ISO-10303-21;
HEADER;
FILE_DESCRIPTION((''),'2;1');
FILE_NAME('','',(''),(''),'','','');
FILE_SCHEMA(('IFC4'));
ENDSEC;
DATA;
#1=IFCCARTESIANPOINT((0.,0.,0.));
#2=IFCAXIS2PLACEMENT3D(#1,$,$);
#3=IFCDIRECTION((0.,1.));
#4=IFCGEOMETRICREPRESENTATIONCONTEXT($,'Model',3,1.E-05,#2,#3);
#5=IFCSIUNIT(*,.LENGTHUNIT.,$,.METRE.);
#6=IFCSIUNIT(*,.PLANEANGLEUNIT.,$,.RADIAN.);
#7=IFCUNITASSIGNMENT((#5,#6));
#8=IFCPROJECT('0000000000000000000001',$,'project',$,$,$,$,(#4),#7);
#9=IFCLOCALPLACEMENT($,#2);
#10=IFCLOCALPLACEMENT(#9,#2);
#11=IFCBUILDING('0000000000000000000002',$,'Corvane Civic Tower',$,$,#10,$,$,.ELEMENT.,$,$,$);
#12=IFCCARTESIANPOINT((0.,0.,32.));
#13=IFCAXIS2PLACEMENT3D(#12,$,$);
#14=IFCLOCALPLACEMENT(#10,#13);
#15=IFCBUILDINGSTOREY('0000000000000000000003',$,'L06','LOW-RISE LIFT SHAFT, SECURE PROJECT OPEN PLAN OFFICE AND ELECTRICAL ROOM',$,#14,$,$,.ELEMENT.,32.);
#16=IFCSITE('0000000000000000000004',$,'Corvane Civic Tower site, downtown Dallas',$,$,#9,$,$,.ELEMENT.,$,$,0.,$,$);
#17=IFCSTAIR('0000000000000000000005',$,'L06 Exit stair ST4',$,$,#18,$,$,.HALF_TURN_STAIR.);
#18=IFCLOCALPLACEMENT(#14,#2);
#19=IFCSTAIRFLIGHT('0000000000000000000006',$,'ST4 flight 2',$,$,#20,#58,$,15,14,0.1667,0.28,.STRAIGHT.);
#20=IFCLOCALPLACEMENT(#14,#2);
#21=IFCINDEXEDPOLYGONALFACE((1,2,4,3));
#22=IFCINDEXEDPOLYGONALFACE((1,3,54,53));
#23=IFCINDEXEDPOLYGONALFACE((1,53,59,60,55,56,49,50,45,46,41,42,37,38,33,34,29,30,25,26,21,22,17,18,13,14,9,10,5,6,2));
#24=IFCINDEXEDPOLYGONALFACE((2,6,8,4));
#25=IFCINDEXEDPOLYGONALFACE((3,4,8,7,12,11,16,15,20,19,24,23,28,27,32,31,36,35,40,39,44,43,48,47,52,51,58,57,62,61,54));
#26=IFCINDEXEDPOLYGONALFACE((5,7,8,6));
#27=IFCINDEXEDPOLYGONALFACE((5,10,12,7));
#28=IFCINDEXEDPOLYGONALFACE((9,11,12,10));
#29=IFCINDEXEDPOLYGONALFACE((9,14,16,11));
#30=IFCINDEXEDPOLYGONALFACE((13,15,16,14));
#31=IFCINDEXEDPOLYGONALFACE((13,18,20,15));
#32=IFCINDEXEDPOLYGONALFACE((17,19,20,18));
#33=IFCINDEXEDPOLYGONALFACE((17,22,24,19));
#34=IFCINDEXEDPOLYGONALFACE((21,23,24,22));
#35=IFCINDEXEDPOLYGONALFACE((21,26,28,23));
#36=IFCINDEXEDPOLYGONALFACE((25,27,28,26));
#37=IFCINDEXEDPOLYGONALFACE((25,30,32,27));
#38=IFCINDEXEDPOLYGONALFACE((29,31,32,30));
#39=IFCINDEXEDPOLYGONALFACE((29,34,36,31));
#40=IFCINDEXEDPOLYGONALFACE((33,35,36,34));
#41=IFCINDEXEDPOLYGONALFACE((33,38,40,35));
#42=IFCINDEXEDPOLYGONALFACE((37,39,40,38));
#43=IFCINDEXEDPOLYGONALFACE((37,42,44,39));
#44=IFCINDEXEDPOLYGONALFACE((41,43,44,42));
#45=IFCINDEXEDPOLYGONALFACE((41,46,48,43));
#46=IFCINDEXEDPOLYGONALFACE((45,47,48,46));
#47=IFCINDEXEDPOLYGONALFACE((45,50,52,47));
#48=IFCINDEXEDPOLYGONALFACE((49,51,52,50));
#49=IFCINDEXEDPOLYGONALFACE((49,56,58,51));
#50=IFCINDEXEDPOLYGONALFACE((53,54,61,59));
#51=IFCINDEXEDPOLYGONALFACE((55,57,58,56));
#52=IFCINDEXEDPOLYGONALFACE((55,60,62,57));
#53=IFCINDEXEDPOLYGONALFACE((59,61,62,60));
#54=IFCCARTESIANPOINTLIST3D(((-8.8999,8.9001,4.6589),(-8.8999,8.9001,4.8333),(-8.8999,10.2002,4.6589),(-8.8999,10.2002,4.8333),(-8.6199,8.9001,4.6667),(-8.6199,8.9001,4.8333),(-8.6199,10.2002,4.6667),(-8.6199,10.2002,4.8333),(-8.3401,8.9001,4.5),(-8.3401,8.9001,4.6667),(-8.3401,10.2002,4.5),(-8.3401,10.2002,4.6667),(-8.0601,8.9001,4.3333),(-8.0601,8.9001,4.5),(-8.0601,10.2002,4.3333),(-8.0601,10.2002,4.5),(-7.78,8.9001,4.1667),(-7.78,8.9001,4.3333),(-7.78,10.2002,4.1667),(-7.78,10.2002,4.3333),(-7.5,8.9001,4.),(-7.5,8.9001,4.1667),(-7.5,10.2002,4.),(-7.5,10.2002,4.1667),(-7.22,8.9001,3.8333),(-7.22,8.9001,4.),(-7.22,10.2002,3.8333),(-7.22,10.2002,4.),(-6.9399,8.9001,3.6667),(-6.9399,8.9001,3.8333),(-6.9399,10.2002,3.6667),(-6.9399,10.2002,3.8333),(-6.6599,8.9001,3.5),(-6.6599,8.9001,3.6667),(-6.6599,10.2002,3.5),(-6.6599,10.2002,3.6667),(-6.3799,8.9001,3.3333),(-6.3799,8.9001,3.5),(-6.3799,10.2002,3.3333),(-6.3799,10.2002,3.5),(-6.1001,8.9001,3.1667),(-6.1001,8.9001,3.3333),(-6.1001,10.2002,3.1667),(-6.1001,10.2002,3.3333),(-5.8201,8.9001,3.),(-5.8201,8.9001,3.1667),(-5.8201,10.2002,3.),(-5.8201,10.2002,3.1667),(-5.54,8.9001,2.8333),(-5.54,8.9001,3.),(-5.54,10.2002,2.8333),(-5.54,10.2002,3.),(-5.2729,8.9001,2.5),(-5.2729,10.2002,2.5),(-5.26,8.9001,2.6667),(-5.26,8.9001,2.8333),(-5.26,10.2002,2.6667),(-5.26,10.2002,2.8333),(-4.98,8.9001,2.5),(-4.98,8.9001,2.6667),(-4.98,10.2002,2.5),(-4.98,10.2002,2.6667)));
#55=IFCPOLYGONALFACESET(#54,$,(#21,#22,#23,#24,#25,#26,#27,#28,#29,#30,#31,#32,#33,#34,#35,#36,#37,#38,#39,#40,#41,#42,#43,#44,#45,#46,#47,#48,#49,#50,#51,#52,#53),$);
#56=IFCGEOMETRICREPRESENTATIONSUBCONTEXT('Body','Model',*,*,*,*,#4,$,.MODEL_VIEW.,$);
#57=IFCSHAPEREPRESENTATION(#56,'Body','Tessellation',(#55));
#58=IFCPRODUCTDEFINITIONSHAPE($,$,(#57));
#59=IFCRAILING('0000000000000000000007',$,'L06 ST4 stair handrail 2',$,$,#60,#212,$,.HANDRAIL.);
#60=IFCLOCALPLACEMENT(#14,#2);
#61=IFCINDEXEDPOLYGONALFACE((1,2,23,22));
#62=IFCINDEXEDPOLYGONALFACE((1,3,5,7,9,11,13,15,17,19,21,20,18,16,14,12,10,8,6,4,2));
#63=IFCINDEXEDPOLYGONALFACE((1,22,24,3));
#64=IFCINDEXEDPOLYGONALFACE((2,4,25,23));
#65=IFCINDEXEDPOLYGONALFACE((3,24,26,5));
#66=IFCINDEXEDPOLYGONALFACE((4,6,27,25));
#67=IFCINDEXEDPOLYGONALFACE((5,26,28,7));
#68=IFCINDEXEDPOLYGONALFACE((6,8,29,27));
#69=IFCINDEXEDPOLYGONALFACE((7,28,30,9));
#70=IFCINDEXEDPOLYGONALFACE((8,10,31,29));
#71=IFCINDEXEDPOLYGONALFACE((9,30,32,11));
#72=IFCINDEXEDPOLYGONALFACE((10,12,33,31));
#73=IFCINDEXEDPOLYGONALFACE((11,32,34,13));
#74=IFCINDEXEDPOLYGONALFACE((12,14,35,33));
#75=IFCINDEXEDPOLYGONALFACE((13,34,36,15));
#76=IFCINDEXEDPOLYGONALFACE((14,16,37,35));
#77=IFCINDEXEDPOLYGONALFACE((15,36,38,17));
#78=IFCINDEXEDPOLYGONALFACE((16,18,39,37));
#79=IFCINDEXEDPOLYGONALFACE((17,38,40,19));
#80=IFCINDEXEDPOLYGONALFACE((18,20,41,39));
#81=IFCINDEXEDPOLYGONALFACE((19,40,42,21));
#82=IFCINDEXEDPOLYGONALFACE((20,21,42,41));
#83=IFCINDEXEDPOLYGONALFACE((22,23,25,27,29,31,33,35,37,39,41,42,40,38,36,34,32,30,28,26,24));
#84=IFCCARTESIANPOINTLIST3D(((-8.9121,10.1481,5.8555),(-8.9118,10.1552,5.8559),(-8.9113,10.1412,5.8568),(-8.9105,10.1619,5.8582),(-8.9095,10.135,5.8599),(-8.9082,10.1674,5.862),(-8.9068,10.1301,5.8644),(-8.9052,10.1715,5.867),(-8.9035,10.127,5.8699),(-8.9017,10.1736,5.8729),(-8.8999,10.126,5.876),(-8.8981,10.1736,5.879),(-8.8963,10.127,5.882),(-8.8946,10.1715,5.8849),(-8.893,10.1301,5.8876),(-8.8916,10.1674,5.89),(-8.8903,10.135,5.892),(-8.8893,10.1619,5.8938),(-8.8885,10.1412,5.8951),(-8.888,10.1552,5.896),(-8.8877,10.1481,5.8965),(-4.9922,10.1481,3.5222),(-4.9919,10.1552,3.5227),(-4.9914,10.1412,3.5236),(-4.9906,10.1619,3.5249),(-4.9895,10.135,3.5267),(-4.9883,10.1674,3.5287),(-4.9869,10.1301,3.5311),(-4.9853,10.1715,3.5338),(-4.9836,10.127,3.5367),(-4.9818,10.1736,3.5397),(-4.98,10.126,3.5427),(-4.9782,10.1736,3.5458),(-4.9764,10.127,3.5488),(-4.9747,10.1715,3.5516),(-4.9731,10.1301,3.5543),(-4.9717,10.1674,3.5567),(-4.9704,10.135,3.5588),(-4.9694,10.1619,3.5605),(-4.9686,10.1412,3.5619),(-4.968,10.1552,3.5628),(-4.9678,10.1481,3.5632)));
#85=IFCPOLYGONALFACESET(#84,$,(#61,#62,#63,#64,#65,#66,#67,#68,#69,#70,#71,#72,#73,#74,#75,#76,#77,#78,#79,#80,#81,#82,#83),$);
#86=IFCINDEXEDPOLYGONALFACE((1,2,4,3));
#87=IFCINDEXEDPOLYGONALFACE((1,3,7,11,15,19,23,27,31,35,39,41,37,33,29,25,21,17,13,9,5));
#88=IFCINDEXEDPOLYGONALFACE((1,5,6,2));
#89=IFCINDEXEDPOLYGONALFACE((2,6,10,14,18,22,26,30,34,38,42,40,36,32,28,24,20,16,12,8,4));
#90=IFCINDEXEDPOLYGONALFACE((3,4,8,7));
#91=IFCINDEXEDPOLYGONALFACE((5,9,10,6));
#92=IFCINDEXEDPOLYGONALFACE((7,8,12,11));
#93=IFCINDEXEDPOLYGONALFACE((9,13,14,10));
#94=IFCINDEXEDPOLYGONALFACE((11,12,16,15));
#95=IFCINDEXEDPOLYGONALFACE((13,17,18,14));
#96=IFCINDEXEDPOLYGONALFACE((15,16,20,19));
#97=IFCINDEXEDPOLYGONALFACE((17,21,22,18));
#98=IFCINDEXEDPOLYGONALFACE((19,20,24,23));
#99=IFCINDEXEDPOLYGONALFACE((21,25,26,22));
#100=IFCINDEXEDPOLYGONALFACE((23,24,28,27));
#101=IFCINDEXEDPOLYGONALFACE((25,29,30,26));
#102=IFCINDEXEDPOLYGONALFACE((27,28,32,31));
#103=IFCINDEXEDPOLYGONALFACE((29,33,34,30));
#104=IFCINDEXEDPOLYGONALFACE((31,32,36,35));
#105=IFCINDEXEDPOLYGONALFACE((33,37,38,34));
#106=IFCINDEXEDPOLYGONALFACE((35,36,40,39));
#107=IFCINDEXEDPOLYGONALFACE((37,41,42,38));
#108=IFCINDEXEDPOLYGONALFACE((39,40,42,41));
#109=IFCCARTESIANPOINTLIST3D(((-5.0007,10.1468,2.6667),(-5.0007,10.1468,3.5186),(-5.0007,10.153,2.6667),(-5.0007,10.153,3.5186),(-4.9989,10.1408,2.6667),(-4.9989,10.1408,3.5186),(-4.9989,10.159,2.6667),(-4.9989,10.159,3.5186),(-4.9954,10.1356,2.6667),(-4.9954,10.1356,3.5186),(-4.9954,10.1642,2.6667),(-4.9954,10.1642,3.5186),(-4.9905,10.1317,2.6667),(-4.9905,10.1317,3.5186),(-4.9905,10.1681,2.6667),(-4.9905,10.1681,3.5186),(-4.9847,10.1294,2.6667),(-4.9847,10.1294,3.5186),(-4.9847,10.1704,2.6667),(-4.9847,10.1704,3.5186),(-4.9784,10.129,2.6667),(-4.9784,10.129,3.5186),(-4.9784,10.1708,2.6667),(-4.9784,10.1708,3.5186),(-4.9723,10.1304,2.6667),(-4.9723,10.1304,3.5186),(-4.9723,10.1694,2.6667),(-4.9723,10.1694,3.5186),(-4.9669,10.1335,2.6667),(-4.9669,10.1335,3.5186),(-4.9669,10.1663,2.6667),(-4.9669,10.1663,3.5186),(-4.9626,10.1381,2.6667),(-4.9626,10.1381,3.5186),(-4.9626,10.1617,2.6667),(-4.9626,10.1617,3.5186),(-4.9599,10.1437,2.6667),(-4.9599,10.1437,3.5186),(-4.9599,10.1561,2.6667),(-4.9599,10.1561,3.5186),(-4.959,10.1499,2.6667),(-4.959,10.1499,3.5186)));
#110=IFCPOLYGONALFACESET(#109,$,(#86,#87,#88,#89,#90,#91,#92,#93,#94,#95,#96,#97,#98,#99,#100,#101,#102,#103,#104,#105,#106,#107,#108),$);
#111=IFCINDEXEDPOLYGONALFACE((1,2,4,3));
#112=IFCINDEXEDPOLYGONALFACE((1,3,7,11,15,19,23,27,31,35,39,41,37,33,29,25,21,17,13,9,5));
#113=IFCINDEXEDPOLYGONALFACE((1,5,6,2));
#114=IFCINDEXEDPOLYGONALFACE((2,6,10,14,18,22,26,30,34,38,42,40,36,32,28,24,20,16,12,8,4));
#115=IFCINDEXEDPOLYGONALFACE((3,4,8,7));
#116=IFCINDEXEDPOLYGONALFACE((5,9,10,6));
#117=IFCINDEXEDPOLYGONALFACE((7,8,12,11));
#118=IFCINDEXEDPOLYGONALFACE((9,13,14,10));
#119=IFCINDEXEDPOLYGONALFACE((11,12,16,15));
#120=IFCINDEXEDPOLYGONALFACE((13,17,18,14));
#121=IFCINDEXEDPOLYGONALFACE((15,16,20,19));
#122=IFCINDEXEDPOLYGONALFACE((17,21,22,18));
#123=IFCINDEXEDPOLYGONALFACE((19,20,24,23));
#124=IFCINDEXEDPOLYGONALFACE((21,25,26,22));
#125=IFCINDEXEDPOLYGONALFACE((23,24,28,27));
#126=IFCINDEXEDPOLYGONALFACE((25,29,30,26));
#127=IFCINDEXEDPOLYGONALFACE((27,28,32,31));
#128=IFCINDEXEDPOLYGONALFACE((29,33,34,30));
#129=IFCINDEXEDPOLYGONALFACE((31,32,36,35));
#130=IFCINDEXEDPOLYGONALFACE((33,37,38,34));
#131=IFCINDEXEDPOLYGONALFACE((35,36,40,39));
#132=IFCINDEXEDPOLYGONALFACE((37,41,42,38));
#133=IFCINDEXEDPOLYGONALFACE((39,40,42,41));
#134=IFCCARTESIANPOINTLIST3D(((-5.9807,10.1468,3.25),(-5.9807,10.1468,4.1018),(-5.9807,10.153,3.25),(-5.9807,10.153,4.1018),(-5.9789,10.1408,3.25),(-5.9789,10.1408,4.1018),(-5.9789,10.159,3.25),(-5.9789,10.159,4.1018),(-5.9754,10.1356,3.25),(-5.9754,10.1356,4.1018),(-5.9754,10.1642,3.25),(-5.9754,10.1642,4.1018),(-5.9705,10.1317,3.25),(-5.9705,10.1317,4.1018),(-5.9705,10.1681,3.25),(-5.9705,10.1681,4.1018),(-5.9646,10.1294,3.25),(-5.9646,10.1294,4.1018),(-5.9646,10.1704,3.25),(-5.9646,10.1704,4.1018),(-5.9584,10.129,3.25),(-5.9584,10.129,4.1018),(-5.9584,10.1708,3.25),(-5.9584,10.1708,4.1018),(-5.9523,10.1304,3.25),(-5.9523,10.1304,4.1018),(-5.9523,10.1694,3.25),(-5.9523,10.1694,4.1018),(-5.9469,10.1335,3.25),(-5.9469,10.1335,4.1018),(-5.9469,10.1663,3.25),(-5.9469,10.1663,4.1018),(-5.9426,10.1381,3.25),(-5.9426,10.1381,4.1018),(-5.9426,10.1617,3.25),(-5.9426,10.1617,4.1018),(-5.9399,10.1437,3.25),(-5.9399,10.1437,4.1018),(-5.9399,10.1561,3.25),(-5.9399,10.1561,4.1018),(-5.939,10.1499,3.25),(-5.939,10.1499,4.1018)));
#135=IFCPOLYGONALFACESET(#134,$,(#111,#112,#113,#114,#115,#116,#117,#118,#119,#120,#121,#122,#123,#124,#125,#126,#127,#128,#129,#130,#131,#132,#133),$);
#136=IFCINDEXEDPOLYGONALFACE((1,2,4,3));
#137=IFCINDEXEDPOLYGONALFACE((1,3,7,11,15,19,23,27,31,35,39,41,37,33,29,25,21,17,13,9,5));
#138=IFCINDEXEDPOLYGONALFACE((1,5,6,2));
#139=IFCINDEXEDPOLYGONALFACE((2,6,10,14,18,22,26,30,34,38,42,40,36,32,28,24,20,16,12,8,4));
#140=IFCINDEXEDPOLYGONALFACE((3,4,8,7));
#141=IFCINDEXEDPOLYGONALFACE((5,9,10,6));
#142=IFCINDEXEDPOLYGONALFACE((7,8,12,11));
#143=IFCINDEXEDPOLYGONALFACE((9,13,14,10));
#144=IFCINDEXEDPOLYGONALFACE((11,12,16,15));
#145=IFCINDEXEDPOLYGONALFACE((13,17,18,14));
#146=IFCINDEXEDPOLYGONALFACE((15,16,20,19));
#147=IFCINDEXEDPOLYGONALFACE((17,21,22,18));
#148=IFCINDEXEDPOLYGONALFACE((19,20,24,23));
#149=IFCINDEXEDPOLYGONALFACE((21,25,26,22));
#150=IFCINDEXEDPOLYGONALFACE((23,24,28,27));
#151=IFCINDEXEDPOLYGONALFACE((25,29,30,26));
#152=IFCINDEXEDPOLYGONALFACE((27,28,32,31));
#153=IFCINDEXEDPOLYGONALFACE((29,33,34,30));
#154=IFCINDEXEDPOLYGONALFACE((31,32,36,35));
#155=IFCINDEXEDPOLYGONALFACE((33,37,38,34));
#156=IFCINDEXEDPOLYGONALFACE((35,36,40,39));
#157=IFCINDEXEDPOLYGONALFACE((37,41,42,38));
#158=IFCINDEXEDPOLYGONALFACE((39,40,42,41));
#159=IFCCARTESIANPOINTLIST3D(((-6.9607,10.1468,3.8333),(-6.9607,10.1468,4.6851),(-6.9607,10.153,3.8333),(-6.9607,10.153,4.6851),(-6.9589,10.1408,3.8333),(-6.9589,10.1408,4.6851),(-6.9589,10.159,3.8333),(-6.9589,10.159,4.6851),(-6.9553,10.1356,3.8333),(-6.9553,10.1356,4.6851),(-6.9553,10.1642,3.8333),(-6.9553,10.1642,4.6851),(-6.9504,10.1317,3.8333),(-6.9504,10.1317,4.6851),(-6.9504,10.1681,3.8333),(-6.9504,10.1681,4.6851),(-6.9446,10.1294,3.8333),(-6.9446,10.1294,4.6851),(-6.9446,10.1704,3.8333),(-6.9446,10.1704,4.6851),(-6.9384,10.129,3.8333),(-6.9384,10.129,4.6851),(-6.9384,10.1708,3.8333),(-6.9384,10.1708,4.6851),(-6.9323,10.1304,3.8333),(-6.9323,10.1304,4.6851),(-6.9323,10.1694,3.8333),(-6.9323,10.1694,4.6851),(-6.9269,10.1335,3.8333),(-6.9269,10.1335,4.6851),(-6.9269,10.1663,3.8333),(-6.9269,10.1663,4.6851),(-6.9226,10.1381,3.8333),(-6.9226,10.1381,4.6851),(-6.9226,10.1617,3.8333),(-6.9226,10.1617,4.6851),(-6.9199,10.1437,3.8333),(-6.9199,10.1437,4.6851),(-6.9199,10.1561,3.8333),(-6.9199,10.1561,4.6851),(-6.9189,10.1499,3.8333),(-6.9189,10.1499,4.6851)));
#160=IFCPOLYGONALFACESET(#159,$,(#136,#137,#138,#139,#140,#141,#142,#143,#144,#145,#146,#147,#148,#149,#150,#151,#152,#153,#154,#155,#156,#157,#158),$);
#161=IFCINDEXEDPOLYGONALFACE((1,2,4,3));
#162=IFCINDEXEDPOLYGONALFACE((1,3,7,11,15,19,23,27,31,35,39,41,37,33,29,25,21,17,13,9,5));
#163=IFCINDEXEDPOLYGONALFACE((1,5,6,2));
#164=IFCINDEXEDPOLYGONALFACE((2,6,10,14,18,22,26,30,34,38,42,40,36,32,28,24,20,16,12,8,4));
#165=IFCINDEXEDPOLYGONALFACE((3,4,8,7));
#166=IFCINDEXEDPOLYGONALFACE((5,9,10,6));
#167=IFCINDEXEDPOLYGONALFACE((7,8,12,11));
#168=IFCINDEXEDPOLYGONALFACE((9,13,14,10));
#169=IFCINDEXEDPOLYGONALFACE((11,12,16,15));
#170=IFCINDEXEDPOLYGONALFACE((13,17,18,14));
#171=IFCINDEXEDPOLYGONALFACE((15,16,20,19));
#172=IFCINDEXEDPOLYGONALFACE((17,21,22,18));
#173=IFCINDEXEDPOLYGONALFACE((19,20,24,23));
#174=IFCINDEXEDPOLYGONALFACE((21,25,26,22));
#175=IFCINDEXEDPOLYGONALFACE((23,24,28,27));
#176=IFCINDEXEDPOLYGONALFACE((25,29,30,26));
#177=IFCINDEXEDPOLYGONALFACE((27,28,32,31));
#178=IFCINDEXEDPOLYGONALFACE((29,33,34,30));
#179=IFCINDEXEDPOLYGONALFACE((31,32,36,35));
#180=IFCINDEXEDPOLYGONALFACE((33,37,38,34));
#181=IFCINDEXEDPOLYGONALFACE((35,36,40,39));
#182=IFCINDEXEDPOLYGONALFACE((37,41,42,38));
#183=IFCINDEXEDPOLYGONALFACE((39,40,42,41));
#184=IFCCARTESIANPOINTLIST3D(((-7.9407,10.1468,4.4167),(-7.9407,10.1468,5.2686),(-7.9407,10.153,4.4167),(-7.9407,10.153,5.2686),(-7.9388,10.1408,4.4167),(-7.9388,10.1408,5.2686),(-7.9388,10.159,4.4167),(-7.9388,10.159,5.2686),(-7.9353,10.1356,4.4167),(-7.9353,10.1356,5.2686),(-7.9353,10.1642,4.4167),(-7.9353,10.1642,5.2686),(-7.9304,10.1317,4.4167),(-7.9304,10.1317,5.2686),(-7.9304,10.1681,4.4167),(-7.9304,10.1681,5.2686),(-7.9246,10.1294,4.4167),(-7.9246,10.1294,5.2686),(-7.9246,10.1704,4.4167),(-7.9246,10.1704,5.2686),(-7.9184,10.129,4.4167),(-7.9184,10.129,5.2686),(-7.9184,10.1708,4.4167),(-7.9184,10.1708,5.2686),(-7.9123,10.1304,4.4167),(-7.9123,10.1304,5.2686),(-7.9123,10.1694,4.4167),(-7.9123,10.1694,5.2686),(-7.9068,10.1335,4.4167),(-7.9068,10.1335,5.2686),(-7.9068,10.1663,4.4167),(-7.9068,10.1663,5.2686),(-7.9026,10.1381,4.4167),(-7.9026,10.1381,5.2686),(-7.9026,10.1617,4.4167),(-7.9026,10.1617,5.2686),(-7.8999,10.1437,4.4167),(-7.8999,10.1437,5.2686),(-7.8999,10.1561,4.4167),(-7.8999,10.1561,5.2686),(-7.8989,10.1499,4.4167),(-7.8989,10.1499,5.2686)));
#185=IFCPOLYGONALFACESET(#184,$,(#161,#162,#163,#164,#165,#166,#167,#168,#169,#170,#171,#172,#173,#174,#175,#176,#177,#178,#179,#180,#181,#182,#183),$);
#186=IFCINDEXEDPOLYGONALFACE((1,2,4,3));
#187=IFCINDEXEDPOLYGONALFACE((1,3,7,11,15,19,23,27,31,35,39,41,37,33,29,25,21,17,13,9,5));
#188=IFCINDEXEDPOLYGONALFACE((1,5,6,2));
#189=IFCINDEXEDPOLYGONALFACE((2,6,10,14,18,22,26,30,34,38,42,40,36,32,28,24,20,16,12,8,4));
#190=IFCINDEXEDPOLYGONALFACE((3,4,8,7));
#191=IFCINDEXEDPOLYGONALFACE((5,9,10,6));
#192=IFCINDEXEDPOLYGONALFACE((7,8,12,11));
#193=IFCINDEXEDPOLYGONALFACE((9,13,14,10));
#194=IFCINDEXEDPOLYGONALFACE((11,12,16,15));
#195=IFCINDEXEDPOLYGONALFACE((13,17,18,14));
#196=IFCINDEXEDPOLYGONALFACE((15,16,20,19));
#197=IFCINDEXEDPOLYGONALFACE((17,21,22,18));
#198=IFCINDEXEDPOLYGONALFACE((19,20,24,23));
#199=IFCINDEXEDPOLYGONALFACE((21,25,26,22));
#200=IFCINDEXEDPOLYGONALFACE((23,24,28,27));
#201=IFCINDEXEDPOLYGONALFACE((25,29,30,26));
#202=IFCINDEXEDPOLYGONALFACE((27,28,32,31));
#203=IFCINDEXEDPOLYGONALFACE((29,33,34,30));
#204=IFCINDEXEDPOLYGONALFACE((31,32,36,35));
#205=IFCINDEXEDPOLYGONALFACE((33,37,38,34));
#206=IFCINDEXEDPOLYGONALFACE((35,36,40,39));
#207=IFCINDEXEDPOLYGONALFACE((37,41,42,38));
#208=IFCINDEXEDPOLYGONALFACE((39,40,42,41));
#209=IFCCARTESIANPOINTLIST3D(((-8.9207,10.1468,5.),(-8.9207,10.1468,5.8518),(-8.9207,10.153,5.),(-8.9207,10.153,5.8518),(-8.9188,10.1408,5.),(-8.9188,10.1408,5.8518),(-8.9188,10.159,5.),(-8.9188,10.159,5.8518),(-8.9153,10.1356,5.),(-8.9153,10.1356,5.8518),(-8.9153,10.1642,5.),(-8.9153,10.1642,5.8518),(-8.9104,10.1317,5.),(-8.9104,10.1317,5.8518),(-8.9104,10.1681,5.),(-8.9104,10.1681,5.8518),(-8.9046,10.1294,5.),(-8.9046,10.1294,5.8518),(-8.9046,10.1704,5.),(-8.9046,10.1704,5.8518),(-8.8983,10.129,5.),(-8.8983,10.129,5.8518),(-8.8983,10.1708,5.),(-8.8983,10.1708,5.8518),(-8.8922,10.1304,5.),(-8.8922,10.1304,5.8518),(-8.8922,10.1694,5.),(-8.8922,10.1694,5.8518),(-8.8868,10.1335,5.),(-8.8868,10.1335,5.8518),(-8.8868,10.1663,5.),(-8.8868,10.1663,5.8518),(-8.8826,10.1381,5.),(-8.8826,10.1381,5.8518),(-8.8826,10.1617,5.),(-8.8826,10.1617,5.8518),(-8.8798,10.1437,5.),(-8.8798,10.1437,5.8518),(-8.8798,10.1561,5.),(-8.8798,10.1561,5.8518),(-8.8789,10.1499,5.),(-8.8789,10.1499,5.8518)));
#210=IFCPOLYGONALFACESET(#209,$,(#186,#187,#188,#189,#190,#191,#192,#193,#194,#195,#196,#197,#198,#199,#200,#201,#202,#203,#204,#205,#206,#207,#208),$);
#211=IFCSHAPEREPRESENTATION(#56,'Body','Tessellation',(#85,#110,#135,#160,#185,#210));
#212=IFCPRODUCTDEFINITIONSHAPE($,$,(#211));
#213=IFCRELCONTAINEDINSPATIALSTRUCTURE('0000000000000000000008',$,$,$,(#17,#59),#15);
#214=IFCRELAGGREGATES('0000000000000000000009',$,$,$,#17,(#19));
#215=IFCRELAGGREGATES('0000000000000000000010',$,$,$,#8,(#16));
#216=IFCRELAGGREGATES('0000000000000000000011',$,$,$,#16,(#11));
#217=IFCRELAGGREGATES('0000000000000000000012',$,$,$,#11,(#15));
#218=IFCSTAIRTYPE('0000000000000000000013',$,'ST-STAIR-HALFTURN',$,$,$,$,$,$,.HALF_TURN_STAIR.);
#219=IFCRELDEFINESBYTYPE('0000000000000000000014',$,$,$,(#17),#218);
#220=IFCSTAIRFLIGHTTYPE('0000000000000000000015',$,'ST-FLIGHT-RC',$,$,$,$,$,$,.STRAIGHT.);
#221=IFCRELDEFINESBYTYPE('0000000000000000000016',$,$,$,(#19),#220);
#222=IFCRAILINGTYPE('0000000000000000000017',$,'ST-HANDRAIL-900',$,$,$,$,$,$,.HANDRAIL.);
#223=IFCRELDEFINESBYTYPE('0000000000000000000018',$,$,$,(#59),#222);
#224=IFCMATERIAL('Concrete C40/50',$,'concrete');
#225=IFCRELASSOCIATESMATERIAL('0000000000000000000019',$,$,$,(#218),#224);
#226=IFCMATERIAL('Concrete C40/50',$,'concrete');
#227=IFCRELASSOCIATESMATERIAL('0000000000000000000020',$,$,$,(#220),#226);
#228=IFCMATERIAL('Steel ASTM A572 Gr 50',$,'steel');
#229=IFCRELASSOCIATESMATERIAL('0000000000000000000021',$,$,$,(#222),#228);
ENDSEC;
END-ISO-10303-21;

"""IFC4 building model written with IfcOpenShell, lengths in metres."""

from ifc_helpers import new_model, si_unit, direction, frame, origin, origin_2d, place, context, subcontext, project, spatial, polyline, circle, outline, extrude, material, type_object, element, aggregate, save


model = new_model("IFC4")

# Units and contexts
model_context = context("Model", 3, precision=1e-05, world=origin(), true_north=direction((0.0, 1.0)))
body_context = subcontext(model_context, "Body", "Model", "MODEL_VIEW")
ifc_project = project(units=[si_unit("LENGTHUNIT", "METRE"), si_unit("PLANEANGLEUNIT", "RADIAN")], contexts=[model_context])

# Site, building, storey
site_placement = place(None, origin())
site = spatial("IfcSite", under=ifc_project, at=site_placement, Name="Corvane Civic Tower site, downtown Dallas", CompositionType="ELEMENT", RefElevation=0.0)
building_placement = place(site_placement, origin())
building = spatial("IfcBuilding", under=site, at=building_placement, Name="Corvane Civic Tower", CompositionType="ELEMENT")
storey_placement = place(building_placement, frame((0.0, 0.0, 32.0)))
storey = spatial("IfcBuildingStorey", under=building, at=storey_placement, Name="L06", Description="LOW-RISE LIFT SHAFT, SECURE PROJECT OPEN PLAN OFFICE AND ELECTRICAL ROOM", CompositionType="ELEMENT", Elevation=32.0)

# Stair, stair flight
ifc_material_1 = material(Name="Concrete C40/50", Category="concrete")
stair_type = type_object("IfcStairType", Name="ST-STAIR-HALFTURN", PredefinedType="HALF_TURN_STAIR", material=ifc_material_1)
stair_placement = place(storey_placement, origin())
stair = element("IfcStair", 1, at=stair_placement, inside=storey, type_object=stair_type, Name="L06 Exit stair ST4", PredefinedType="HALF_TURN_STAIR")
ifc_material_2 = material(Name="Concrete C40/50", Category="concrete")
stair_flight_type = type_object("IfcStairFlightType", Name="ST-FLIGHT-RC", PredefinedType="STRAIGHT", material=ifc_material_2)
stair_flight_1_placement = place(storey_placement, frame((-4.98, 9.55, 2.5), z_axis=(0.0, 0.0, 1.0), x_axis=(-1.0, 0.0, 0.0)))
stair_flight_1 = element("IfcStairFlight", 2, at=stair_flight_1_placement, type_object=stair_flight_type, Name="ST4 flight 2", NumberOfRisers=15, NumberOfTreads=14, PredefinedType="STRAIGHT", RiserHeight=0.1667, TreadLength=0.28, context=body_context, shape_type="SweptSolid", body=[
    extrude(outline(polyline([(0.0, 0.0), (0.0, 0.1667), (0.28, 0.1667), (0.28, 0.3333), (0.5601, 0.3333), (0.5601, 0.5), (0.8401, 0.5), (0.8401, 0.6667), (1.1201, 0.6667), (1.1201, 0.8333), (1.3999, 0.8333), (1.3999, 1.0), (1.6799, 1.0), (1.6799, 1.1667), (1.96, 1.1667), (1.96, 1.3333), (2.24, 1.3333), (2.24, 1.5), (2.52, 1.5), (2.52, 1.6667), (2.8, 1.6667), (2.8, 1.8333), (3.0801, 1.8333), (3.0801, 2.0), (3.3601, 2.0), (3.3601, 2.1667), (3.6399, 2.1667), (3.6399, 2.3333), (3.9199, 2.3333), (3.9199, 2.5), (3.9199, 2.1589), (0.293, 0.0), (0.0, 0.0)])), frame((0.0, 0.6499, 0.0), z_axis=(0.0, -1.0, 0.0), x_axis=(1.0, 0.0, 0.0)), (0.0, 0.0, 1.0), 1.3),
])
aggregate(stair, [stair_flight_1])

# Railing
ifc_material_3 = material(Name="Steel ASTM A572 Gr 50", Category="steel")
railing_type = type_object("IfcRailingType", Name="ST-HANDRAIL-900", PredefinedType="HANDRAIL", material=ifc_material_3)
railing_placement = place(storey_placement, frame((-4.98, 10.1499, 2.6667)))
element("IfcRailing", 3, at=railing_placement, inside=storey, type_object=railing_type, Name="L06 ST4 stair handrail 2", PredefinedType="HANDRAIL", context=body_context, shape_type="SweptSolid", body=[
    extrude(circle(Radius=0.0239, at=origin_2d()), frame((0.0, 0.0, 0.876), z_axis=(-0.859296, 0.0, 0.511478), x_axis=(0.0, -1.0, 0.0)), (0.0, 0.0, 1.0), 4.5618),
    extrude(circle(Radius=0.021, at=origin_2d()), origin(), (0.0, 0.0, 1.0), 0.8518),
    extrude(circle(Radius=0.021, at=origin_2d()), frame((-0.98, 0.0, 0.5833)), (0.0, 0.0, 1.0), 0.8518),
    extrude(circle(Radius=0.021, at=origin_2d()), frame((-1.96, 0.0, 1.1665)), (0.0, 0.0, 1.0), 0.8518),
    extrude(circle(Radius=0.021, at=origin_2d()), frame((-2.9399, 0.0, 1.75)), (0.0, 0.0, 1.0), 0.8518),
    extrude(circle(Radius=0.021, at=origin_2d()), frame((-3.9199, 0.0, 2.3333)), (0.0, 0.0, 1.0), 0.8518),
])

save(model, "model.ifc")
